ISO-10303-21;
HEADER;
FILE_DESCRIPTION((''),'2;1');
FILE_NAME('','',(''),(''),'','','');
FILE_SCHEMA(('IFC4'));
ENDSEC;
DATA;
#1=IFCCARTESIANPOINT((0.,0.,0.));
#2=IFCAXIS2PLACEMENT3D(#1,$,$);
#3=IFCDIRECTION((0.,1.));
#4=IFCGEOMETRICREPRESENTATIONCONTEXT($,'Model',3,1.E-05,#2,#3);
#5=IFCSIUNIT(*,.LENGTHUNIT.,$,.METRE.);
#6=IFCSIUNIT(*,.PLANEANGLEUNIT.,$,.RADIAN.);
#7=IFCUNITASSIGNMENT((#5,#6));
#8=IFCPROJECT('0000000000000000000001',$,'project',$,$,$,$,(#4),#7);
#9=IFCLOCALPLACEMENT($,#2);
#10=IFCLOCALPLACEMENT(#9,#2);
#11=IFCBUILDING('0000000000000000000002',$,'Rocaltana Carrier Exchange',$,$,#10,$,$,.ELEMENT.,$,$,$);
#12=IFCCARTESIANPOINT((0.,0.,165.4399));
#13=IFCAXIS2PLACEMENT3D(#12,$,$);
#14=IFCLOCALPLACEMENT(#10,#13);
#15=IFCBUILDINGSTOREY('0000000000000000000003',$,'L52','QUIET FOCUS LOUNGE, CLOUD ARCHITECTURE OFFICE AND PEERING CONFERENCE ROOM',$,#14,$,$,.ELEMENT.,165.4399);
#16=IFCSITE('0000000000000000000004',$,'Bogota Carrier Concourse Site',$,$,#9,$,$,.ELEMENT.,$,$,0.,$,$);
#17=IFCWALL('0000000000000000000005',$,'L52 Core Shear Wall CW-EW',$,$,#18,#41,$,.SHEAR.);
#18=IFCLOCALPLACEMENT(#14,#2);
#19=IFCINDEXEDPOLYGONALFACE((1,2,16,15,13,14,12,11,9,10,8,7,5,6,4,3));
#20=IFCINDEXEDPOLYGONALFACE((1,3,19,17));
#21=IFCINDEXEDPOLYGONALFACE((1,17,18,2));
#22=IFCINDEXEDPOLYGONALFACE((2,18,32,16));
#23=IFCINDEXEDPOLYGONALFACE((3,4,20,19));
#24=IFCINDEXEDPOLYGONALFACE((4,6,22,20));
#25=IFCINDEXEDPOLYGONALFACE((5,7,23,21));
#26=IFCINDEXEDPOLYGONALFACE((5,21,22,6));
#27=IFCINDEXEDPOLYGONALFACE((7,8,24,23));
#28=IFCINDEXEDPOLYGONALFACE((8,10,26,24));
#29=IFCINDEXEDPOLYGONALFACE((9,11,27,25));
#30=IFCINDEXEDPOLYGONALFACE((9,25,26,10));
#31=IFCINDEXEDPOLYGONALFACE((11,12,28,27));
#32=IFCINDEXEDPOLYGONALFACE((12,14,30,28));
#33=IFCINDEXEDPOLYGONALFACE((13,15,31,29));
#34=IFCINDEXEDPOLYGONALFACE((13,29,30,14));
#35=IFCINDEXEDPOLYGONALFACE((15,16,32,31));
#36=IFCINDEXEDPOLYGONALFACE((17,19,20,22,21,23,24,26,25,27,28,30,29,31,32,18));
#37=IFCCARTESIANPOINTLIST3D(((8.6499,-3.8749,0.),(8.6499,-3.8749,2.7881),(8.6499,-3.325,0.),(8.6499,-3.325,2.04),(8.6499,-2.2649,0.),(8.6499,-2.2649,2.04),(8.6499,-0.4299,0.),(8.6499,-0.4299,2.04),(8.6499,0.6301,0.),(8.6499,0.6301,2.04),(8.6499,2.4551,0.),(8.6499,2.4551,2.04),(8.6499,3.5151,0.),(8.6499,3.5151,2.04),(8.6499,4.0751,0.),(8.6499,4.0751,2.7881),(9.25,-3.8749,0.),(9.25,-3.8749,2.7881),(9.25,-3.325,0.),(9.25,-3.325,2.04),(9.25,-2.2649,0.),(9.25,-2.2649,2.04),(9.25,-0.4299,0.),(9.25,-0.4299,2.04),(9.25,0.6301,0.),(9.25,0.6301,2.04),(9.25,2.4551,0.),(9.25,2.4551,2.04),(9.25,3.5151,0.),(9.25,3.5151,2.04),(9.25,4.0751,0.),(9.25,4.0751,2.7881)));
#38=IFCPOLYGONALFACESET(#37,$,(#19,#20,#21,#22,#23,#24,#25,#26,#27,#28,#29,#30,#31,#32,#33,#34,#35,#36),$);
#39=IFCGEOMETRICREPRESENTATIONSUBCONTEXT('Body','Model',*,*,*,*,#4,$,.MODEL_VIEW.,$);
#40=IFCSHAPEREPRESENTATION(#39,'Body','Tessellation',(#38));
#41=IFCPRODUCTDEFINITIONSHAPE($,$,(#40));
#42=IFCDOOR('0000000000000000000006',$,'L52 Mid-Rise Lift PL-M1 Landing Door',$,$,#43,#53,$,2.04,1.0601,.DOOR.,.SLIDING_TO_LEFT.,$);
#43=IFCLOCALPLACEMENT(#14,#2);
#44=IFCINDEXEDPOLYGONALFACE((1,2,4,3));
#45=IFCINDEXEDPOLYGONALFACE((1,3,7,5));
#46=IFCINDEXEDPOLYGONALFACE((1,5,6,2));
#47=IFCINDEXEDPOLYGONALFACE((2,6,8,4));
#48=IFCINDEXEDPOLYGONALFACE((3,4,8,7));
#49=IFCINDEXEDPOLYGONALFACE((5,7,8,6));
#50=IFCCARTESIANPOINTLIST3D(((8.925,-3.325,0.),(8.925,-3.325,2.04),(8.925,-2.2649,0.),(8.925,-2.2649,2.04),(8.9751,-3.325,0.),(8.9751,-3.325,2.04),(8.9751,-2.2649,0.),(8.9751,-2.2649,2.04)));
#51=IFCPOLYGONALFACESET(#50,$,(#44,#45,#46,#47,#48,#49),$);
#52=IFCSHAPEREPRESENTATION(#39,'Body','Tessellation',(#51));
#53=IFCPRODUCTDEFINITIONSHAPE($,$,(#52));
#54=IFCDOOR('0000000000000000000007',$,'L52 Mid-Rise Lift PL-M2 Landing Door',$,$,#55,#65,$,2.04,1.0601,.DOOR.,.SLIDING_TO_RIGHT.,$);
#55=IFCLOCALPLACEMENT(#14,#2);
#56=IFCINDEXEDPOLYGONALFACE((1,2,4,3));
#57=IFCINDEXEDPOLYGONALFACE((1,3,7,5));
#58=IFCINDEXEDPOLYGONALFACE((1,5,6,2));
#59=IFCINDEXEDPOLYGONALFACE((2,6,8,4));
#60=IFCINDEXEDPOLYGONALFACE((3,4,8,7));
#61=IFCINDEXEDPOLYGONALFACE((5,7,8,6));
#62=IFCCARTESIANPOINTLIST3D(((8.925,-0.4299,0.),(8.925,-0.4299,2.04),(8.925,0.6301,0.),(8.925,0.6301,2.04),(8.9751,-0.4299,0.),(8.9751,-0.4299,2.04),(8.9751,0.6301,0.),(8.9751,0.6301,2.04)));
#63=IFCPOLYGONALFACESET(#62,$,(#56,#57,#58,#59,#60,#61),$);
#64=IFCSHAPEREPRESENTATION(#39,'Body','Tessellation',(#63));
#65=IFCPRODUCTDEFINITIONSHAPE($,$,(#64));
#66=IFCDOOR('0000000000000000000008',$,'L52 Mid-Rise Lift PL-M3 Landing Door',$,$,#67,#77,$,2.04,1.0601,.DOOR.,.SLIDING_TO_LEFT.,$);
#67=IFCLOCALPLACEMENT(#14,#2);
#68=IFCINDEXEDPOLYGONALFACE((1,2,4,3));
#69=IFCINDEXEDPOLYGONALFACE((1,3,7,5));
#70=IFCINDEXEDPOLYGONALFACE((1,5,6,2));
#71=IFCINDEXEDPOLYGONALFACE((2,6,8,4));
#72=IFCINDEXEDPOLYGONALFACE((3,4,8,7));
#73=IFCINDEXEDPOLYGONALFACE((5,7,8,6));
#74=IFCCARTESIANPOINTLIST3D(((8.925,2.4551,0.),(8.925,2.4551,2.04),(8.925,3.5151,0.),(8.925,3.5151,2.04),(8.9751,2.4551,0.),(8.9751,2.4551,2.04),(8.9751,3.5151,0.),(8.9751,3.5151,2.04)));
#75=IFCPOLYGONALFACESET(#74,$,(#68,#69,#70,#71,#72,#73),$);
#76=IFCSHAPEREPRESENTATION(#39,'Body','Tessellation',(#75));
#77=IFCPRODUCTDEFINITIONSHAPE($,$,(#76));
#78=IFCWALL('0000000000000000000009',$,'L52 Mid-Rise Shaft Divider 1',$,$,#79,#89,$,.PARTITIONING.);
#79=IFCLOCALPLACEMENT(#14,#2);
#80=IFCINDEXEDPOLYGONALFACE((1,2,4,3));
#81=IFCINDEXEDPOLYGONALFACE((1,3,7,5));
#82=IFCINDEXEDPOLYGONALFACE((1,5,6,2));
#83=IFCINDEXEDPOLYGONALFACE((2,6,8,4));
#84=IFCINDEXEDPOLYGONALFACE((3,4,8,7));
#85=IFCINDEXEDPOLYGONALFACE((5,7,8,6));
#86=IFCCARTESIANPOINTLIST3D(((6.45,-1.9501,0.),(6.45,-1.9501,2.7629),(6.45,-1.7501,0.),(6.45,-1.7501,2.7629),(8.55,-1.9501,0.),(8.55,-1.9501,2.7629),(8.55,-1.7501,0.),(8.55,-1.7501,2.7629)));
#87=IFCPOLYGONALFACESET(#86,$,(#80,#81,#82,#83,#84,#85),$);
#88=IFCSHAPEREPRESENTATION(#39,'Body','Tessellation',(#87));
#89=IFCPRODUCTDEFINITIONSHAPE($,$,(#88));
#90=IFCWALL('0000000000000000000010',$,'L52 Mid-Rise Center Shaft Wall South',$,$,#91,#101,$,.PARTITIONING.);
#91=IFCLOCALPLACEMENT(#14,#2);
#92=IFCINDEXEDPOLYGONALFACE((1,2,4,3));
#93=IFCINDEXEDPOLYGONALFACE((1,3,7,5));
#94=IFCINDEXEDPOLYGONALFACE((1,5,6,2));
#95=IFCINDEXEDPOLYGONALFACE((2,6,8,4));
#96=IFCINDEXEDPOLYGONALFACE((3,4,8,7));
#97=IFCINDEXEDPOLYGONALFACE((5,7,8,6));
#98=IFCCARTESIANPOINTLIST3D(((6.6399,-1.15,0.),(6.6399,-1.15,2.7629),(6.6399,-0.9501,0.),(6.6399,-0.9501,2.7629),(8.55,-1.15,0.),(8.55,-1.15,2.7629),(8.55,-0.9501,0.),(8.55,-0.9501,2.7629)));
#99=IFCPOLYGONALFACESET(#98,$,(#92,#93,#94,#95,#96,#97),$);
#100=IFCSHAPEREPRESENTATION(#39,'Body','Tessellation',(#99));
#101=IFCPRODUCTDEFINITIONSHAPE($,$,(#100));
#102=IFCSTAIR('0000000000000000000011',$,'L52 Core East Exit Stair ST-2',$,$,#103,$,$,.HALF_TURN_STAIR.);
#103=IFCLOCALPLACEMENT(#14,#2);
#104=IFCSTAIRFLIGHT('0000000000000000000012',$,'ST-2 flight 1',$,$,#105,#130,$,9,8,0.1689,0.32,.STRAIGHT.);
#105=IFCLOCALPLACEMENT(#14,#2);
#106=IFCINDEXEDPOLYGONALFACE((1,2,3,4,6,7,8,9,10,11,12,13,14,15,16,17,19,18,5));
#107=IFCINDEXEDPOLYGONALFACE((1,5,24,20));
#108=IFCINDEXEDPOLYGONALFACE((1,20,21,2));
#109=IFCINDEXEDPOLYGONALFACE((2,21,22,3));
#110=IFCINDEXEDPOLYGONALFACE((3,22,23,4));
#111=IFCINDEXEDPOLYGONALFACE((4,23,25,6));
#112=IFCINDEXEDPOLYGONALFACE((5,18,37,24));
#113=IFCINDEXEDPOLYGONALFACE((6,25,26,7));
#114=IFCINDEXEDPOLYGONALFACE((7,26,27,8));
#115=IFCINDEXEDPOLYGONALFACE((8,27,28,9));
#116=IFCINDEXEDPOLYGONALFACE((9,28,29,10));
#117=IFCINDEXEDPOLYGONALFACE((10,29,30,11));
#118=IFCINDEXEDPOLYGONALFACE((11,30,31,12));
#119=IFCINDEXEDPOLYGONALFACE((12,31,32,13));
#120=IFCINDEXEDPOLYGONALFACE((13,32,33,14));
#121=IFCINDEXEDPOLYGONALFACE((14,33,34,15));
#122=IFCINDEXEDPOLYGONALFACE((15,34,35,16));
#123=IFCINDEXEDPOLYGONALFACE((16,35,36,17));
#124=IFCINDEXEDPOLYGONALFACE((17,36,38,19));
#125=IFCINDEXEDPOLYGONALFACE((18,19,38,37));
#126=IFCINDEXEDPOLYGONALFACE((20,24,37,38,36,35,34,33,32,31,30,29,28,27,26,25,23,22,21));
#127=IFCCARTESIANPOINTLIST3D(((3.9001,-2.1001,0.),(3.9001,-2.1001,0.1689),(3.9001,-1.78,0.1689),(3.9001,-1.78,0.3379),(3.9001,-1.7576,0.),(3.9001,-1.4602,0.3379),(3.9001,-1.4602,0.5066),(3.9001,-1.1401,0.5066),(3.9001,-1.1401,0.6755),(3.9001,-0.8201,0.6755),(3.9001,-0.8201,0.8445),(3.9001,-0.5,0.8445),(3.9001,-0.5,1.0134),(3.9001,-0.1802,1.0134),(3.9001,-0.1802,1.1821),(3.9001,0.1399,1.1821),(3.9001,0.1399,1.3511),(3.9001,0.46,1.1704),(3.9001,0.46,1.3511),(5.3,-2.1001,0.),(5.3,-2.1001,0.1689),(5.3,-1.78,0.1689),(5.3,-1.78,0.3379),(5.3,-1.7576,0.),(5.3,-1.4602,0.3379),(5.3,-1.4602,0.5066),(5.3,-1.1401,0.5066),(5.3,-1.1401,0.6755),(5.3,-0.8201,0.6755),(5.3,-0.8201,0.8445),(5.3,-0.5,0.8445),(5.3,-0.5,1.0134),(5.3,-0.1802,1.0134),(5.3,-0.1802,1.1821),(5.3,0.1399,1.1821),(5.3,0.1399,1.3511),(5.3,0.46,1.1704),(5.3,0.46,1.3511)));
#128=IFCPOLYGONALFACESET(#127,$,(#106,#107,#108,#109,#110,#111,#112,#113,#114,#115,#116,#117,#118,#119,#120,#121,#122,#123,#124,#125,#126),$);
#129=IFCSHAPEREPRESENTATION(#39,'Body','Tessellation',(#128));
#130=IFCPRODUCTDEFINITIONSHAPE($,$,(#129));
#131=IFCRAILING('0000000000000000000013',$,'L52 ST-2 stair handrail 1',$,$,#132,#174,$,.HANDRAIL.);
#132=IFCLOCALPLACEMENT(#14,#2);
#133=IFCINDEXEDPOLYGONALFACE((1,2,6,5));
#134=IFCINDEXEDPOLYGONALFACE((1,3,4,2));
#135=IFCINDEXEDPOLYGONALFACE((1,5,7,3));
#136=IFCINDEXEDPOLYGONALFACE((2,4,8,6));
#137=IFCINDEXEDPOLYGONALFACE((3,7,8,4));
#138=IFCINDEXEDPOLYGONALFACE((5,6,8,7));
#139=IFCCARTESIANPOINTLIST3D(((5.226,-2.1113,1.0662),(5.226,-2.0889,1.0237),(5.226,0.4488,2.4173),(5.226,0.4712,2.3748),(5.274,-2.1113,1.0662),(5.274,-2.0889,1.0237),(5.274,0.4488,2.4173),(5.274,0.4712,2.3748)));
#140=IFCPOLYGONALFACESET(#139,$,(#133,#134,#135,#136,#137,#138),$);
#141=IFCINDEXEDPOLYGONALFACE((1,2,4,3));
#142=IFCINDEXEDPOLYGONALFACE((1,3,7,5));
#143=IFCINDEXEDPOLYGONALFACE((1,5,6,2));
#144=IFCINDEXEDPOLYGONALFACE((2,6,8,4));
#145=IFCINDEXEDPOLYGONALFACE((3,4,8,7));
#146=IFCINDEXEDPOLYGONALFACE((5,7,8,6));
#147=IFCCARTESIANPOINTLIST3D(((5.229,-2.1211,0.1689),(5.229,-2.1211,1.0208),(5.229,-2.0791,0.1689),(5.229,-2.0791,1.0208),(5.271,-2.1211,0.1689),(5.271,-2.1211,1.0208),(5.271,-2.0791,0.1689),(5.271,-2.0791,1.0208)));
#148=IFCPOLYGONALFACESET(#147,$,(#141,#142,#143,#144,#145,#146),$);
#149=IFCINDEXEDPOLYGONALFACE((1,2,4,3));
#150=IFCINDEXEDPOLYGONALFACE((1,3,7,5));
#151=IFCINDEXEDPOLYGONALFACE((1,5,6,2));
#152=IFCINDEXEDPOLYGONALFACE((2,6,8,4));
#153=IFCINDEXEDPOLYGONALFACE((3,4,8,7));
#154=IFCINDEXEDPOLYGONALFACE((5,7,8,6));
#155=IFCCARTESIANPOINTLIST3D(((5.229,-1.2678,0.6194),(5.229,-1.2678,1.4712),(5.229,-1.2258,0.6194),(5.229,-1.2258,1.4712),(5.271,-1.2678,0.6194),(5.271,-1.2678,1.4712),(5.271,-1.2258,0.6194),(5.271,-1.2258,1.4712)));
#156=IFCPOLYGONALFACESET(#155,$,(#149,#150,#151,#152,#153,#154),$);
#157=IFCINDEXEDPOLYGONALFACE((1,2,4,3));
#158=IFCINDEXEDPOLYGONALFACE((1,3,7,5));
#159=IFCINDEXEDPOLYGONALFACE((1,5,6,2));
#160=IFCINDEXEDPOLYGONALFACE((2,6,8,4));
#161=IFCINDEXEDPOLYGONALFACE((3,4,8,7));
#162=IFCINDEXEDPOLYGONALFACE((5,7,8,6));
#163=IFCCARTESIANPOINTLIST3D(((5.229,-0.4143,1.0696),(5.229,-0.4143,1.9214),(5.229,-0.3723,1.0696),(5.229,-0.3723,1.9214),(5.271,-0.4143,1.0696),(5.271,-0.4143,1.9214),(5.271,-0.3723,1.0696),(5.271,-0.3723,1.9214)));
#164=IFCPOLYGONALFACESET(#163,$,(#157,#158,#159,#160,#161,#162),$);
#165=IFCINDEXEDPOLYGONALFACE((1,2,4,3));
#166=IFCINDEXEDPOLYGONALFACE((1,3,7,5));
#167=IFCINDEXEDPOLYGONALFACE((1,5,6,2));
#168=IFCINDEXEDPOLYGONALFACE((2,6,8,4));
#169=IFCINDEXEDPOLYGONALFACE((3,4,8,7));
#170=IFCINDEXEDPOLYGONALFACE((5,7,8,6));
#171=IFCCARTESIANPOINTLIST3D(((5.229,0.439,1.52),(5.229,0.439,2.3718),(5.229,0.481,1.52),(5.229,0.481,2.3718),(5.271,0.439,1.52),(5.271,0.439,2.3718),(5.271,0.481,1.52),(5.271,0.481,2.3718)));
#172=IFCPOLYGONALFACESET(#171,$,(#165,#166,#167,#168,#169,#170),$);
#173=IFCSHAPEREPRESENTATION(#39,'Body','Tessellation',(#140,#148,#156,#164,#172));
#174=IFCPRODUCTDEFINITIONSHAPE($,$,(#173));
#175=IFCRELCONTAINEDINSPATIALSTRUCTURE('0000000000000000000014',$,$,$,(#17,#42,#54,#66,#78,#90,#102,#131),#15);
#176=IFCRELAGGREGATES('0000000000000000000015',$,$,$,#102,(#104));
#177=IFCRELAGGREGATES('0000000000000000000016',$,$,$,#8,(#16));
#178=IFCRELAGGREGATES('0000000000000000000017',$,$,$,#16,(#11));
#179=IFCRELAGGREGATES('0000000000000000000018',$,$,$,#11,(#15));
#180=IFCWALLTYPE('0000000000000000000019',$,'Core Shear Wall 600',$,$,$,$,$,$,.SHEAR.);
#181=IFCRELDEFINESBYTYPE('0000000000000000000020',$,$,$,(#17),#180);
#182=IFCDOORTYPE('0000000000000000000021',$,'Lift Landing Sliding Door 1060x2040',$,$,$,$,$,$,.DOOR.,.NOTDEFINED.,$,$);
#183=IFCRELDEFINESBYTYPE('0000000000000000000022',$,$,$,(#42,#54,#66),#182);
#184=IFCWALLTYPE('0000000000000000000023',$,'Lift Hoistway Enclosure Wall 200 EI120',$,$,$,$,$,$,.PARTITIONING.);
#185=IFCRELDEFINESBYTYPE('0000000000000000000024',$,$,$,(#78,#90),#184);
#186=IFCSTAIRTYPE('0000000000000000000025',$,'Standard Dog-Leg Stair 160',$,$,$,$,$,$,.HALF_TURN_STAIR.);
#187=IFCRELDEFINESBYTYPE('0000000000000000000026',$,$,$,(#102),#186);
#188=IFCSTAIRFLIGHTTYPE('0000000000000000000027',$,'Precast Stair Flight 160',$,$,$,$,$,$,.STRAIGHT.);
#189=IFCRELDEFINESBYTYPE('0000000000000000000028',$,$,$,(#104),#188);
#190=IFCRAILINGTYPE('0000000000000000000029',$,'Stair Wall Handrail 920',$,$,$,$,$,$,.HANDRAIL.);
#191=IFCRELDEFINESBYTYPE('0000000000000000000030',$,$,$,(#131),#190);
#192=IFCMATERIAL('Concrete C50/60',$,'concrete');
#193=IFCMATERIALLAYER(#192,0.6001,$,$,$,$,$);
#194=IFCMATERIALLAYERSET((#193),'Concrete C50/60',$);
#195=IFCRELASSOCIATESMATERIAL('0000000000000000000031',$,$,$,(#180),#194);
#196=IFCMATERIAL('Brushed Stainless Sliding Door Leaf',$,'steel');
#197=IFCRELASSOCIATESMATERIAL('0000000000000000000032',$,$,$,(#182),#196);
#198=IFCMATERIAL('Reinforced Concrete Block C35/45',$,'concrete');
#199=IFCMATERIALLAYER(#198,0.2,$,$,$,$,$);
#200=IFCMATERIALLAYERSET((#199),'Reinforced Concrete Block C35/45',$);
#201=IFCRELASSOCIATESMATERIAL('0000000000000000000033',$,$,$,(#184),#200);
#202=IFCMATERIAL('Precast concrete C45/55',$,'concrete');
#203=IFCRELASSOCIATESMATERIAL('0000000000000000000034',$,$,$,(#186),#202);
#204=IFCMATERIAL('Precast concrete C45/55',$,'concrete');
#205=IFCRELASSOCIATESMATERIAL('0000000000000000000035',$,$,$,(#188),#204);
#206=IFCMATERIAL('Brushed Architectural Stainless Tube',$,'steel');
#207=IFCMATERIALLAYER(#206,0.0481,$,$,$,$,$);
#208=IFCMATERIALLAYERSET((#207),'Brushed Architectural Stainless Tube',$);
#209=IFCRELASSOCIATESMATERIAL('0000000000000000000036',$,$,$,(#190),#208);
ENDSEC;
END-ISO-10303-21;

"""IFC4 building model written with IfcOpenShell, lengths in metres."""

from ifc_helpers import new_model, si_unit, direction, frame, frame_2d, origin, origin_2d, place, context, subcontext, project, spatial, polyline, rectangle, outline, extrude, material, layer, layer_set, type_object, element, fill, aggregate, save


model = new_model("IFC4")

# Units and contexts
model_context = context("Model", 3, precision=1e-05, world=origin(), true_north=direction((0.0, 1.0)))
body_context = subcontext(model_context, "Body", "Model", "MODEL_VIEW")
ifc_project = project(units=[si_unit("LENGTHUNIT", "METRE"), si_unit("PLANEANGLEUNIT", "RADIAN")], contexts=[model_context])

# Site, building, storey
site_placement = place(None, origin())
site = spatial("IfcSite", under=ifc_project, at=site_placement, Name="Bogota Carrier Concourse Site", CompositionType="ELEMENT", RefElevation=0.0)
building_placement = place(site_placement, origin())
building = spatial("IfcBuilding", under=site, at=building_placement, Name="Rocaltana Carrier Exchange", CompositionType="ELEMENT")
storey_placement = place(building_placement, frame((0.0, 0.0, 165.4399)))
storey = spatial("IfcBuildingStorey", under=building, at=storey_placement, Name="L52", Description="QUIET FOCUS LOUNGE, CLOUD ARCHITECTURE OFFICE AND PEERING CONFERENCE ROOM", CompositionType="ELEMENT", Elevation=165.4399)

# Shared definitions
ifc_material_1 = material(Name="Concrete C50/60", Category="concrete")
ifc_layer_1 = layer(ifc_material_1, 0.6001)
ifc_layer_set_1 = layer_set([ifc_layer_1], Name="Concrete C50/60")
wall_type_1 = type_object("IfcWallType", Name="Core Shear Wall 600", PredefinedType="SHEAR", material=ifc_layer_set_1)

# Wall, openings, doors
wall_1_placement = place(storey_placement, frame((8.95, -3.875, 0.0), z_axis=(0.0, 0.0, 1.0), x_axis=(0.0, 1.0, 0.0)))
wall_1 = element("IfcWall", 1, at=wall_1_placement, inside=storey, type_object=wall_type_1, Name="L52 Core Shear Wall CW-EW", PredefinedType="SHEAR", context=body_context, shape_type="SweptSolid", body=[
    extrude(rectangle(XDim=7.95, YDim=0.6001, at=frame_2d((3.9751, 0.0))), origin(), (0.0, 0.0, 1.0), 2.7881),
])
opening_1_placement = place(wall_1_placement, frame((0.55, 0.0, 0.0)))
opening_1 = element("IfcOpeningElement", 2, at=opening_1_placement, cuts=wall_1, PredefinedType="OPENING", context=body_context, shape_type="SweptSolid", body=[
    extrude(rectangle(XDim=1.0601, YDim=2.04, at=frame_2d((0.53, 1.02))), frame((0.0, 0.3101, 0.0), z_axis=(0.0, -1.0, 0.0), x_axis=(1.0, 0.0, 0.0)), (0.0, 0.0, 1.0), 0.6201),
])
opening_2_placement = place(wall_1_placement, frame((3.4451, 0.0, 0.0)))
opening_2 = element("IfcOpeningElement", 3, at=opening_2_placement, cuts=wall_1, PredefinedType="OPENING", context=body_context, shape_type="SweptSolid", body=[
    extrude(rectangle(XDim=1.0601, YDim=2.04, at=frame_2d((0.53, 1.02))), frame((0.0, 0.3101, 0.0), z_axis=(0.0, -1.0, 0.0), x_axis=(1.0, 0.0, 0.0)), (0.0, 0.0, 1.0), 0.6201),
])
opening_3_placement = place(wall_1_placement, frame((6.3301, 0.0, 0.0)))
opening_3 = element("IfcOpeningElement", 4, at=opening_3_placement, cuts=wall_1, PredefinedType="OPENING", context=body_context, shape_type="SweptSolid", body=[
    extrude(rectangle(XDim=1.0601, YDim=2.04, at=frame_2d((0.53, 1.02))), frame((0.0, 0.3101, 0.0), z_axis=(0.0, -1.0, 0.0), x_axis=(1.0, 0.0, 0.0)), (0.0, 0.0, 1.0), 0.6201),
])
ifc_material_2 = material(Name="Brushed Stainless Sliding Door Leaf", Category="steel")
door_type = type_object("IfcDoorType", Name="Lift Landing Sliding Door 1060x2040", OperationType="NOTDEFINED", PredefinedType="DOOR", material=ifc_material_2)
door_1_placement = place(opening_1_placement, origin())
door_1 = element("IfcDoor", 5, at=door_1_placement, inside=storey, type_object=door_type, Name="L52 Mid-Rise Lift PL-M1 Landing Door", OperationType="SLIDING_TO_LEFT", OverallHeight=2.04, OverallWidth=1.0601, PredefinedType="DOOR", context=body_context, shape_type="SweptSolid", body=[
    extrude(rectangle(XDim=1.0601, YDim=2.04, at=frame_2d((0.53, 1.02))), frame((0.0, 0.0249, 0.0), z_axis=(0.0, -1.0, 0.0), x_axis=(1.0, 0.0, 0.0)), (0.0, 0.0, 1.0), 0.05),
])
fill(opening_1, door_1)
door_2_placement = place(opening_2_placement, origin())
door_2 = element("IfcDoor", 6, at=door_2_placement, inside=storey, type_object=door_type, Name="L52 Mid-Rise Lift PL-M2 Landing Door", OperationType="SLIDING_TO_RIGHT", OverallHeight=2.04, OverallWidth=1.0601, PredefinedType="DOOR", context=body_context, shape_type="SweptSolid", body=[
    extrude(rectangle(XDim=1.0601, YDim=2.04, at=frame_2d((0.53, 1.02))), frame((0.0, 0.0249, 0.0), z_axis=(0.0, -1.0, 0.0), x_axis=(1.0, 0.0, 0.0)), (0.0, 0.0, 1.0), 0.05),
])
fill(opening_2, door_2)
door_3_placement = place(opening_3_placement, origin())
door_3 = element("IfcDoor", 7, at=door_3_placement, inside=storey, type_object=door_type, Name="L52 Mid-Rise Lift PL-M3 Landing Door", OperationType="SLIDING_TO_LEFT", OverallHeight=2.04, OverallWidth=1.0601, PredefinedType="DOOR", context=body_context, shape_type="SweptSolid", body=[
    extrude(rectangle(XDim=1.0601, YDim=2.04, at=frame_2d((0.53, 1.02))), frame((0.0, 0.0249, 0.0), z_axis=(0.0, -1.0, 0.0), x_axis=(1.0, 0.0, 0.0)), (0.0, 0.0, 1.0), 0.05),
])
fill(opening_3, door_3)

# Walls
ifc_material_3 = material(Name="Reinforced Concrete Block C35/45", Category="concrete")
ifc_layer_2 = layer(ifc_material_3, 0.2)
ifc_layer_set_2 = layer_set([ifc_layer_2], Name="Reinforced Concrete Block C35/45")
wall_type_2 = type_object("IfcWallType", Name="Lift Hoistway Enclosure Wall 200 EI120", PredefinedType="PARTITIONING", material=ifc_layer_set_2)
wall_2_placement = place(storey_placement, frame((6.45, -1.8501, 0.0), z_axis=(0.0, 0.0, 1.0), x_axis=(1.0, 0.0, 0.0)))
element("IfcWall", 8, at=wall_2_placement, inside=storey, type_object=wall_type_2, Name="L52 Mid-Rise Shaft Divider 1", PredefinedType="PARTITIONING", context=body_context, shape_type="SweptSolid", body=[
    extrude(rectangle(XDim=2.1001, YDim=0.2, at=frame_2d((1.05, 0.0))), origin(), (0.0, 0.0, 1.0), 2.7629),
])
wall_3_placement = place(storey_placement, frame((6.6399, -1.05, 0.0), z_axis=(0.0, 0.0, 1.0), x_axis=(1.0, 0.0, 0.0)))
element("IfcWall", 9, at=wall_3_placement, inside=storey, type_object=wall_type_2, Name="L52 Mid-Rise Center Shaft Wall South", PredefinedType="PARTITIONING", context=body_context, shape_type="SweptSolid", body=[
    extrude(rectangle(XDim=1.9102, YDim=0.2, at=frame_2d((0.9551, 0.0))), origin(), (0.0, 0.0, 1.0), 2.7629),
])

# Stair, stair flight
ifc_material_4 = material(Name="Precast concrete C45/55", Category="concrete")
stair_type = type_object("IfcStairType", Name="Standard Dog-Leg Stair 160", PredefinedType="HALF_TURN_STAIR", material=ifc_material_4)
stair_placement = place(storey_placement, origin())
stair = element("IfcStair", 10, at=stair_placement, inside=storey, type_object=stair_type, Name="L52 Core East Exit Stair ST-2", PredefinedType="HALF_TURN_STAIR")
ifc_material_5 = material(Name="Precast concrete C45/55", Category="concrete")
stair_flight_type = type_object("IfcStairFlightType", Name="Precast Stair Flight 160", PredefinedType="STRAIGHT", material=ifc_material_5)
stair_flight_placement = place(storey_placement, frame((4.6001, -2.1001, 0.0), z_axis=(0.0, 0.0, 1.0), x_axis=(0.0, 1.0, 0.0)))
stair_flight = element("IfcStairFlight", 11, at=stair_flight_placement, type_object=stair_flight_type, Name="ST-2 flight 1", NumberOfRisers=9, NumberOfTreads=8, PredefinedType="STRAIGHT", RiserHeight=0.1689, TreadLength=0.32, context=body_context, shape_type="SweptSolid", body=[
    extrude(outline(polyline([(0.0, 0.0), (0.0, 0.1689), (0.3201, 0.1689), (0.3201, 0.3379), (0.6399, 0.3379), (0.6399, 0.5066), (0.96, 0.5066), (0.96, 0.6755), (1.28, 0.6755), (1.28, 0.8445), (1.6001, 0.8445), (1.6001, 1.0134), (1.9199, 1.0134), (1.9199, 1.1821), (2.24, 1.1821), (2.24, 1.3511), (2.5601, 1.3511), (2.5601, 1.52), (2.5601, 1.1704), (0.3425, 0.0), (0.0, 0.0)])), frame((0.0, 0.7, 0.0), z_axis=(0.0, -1.0, 0.0), x_axis=(1.0, 0.0, 0.0)), (0.0, 0.0, 1.0), 1.3999),
])
aggregate(stair, [stair_flight])

# Railing
ifc_material_6 = material(Name="Brushed Architectural Stainless Tube", Category="steel")
ifc_layer_3 = layer(ifc_material_6, 0.0481)
ifc_layer_set_3 = layer_set([ifc_layer_3], Name="Brushed Architectural Stainless Tube")
railing_type_1 = type_object("IfcRailingType", Name="Stair Wall Handrail 920", PredefinedType="HANDRAIL", material=ifc_layer_set_3)
railing_1_placement = place(storey_placement, frame((5.25, -2.1001, 0.1689)))
element("IfcRailing", 12, at=railing_1_placement, inside=storey, type_object=railing_type_1, Name="L52 ST-2 stair handrail 1", PredefinedType="HANDRAIL", context=body_context, shape_type="SweptSolid", body=[
    extrude(rectangle(XDim=0.0481, YDim=0.0481, at=origin_2d()), frame((0.0, 0.0, 0.876), z_axis=(0.0, 0.884394, 0.46674), x_axis=(-1.0, 0.0, 0.0)), (0.0, 0.0, 1.0), 2.8948),
    extrude(rectangle(XDim=0.042, YDim=0.042, at=origin_2d()), origin(), (0.0, 0.0, 1.0), 0.8518),
    extrude(rectangle(XDim=0.042, YDim=0.042, at=origin_2d()), frame((0.0, 0.8533, 0.4504)), (0.0, 0.0, 1.0), 0.8518),
    extrude(rectangle(XDim=0.042, YDim=0.042, at=origin_2d()), frame((0.0, 1.7068, 0.9006)), (0.0, 0.0, 1.0), 0.8518),
    extrude(rectangle(XDim=0.042, YDim=0.042, at=origin_2d()), frame((0.0, 2.5601, 1.3511)), (0.0, 0.0, 1.0), 0.8518),
])

save(model, "model.ifc")
